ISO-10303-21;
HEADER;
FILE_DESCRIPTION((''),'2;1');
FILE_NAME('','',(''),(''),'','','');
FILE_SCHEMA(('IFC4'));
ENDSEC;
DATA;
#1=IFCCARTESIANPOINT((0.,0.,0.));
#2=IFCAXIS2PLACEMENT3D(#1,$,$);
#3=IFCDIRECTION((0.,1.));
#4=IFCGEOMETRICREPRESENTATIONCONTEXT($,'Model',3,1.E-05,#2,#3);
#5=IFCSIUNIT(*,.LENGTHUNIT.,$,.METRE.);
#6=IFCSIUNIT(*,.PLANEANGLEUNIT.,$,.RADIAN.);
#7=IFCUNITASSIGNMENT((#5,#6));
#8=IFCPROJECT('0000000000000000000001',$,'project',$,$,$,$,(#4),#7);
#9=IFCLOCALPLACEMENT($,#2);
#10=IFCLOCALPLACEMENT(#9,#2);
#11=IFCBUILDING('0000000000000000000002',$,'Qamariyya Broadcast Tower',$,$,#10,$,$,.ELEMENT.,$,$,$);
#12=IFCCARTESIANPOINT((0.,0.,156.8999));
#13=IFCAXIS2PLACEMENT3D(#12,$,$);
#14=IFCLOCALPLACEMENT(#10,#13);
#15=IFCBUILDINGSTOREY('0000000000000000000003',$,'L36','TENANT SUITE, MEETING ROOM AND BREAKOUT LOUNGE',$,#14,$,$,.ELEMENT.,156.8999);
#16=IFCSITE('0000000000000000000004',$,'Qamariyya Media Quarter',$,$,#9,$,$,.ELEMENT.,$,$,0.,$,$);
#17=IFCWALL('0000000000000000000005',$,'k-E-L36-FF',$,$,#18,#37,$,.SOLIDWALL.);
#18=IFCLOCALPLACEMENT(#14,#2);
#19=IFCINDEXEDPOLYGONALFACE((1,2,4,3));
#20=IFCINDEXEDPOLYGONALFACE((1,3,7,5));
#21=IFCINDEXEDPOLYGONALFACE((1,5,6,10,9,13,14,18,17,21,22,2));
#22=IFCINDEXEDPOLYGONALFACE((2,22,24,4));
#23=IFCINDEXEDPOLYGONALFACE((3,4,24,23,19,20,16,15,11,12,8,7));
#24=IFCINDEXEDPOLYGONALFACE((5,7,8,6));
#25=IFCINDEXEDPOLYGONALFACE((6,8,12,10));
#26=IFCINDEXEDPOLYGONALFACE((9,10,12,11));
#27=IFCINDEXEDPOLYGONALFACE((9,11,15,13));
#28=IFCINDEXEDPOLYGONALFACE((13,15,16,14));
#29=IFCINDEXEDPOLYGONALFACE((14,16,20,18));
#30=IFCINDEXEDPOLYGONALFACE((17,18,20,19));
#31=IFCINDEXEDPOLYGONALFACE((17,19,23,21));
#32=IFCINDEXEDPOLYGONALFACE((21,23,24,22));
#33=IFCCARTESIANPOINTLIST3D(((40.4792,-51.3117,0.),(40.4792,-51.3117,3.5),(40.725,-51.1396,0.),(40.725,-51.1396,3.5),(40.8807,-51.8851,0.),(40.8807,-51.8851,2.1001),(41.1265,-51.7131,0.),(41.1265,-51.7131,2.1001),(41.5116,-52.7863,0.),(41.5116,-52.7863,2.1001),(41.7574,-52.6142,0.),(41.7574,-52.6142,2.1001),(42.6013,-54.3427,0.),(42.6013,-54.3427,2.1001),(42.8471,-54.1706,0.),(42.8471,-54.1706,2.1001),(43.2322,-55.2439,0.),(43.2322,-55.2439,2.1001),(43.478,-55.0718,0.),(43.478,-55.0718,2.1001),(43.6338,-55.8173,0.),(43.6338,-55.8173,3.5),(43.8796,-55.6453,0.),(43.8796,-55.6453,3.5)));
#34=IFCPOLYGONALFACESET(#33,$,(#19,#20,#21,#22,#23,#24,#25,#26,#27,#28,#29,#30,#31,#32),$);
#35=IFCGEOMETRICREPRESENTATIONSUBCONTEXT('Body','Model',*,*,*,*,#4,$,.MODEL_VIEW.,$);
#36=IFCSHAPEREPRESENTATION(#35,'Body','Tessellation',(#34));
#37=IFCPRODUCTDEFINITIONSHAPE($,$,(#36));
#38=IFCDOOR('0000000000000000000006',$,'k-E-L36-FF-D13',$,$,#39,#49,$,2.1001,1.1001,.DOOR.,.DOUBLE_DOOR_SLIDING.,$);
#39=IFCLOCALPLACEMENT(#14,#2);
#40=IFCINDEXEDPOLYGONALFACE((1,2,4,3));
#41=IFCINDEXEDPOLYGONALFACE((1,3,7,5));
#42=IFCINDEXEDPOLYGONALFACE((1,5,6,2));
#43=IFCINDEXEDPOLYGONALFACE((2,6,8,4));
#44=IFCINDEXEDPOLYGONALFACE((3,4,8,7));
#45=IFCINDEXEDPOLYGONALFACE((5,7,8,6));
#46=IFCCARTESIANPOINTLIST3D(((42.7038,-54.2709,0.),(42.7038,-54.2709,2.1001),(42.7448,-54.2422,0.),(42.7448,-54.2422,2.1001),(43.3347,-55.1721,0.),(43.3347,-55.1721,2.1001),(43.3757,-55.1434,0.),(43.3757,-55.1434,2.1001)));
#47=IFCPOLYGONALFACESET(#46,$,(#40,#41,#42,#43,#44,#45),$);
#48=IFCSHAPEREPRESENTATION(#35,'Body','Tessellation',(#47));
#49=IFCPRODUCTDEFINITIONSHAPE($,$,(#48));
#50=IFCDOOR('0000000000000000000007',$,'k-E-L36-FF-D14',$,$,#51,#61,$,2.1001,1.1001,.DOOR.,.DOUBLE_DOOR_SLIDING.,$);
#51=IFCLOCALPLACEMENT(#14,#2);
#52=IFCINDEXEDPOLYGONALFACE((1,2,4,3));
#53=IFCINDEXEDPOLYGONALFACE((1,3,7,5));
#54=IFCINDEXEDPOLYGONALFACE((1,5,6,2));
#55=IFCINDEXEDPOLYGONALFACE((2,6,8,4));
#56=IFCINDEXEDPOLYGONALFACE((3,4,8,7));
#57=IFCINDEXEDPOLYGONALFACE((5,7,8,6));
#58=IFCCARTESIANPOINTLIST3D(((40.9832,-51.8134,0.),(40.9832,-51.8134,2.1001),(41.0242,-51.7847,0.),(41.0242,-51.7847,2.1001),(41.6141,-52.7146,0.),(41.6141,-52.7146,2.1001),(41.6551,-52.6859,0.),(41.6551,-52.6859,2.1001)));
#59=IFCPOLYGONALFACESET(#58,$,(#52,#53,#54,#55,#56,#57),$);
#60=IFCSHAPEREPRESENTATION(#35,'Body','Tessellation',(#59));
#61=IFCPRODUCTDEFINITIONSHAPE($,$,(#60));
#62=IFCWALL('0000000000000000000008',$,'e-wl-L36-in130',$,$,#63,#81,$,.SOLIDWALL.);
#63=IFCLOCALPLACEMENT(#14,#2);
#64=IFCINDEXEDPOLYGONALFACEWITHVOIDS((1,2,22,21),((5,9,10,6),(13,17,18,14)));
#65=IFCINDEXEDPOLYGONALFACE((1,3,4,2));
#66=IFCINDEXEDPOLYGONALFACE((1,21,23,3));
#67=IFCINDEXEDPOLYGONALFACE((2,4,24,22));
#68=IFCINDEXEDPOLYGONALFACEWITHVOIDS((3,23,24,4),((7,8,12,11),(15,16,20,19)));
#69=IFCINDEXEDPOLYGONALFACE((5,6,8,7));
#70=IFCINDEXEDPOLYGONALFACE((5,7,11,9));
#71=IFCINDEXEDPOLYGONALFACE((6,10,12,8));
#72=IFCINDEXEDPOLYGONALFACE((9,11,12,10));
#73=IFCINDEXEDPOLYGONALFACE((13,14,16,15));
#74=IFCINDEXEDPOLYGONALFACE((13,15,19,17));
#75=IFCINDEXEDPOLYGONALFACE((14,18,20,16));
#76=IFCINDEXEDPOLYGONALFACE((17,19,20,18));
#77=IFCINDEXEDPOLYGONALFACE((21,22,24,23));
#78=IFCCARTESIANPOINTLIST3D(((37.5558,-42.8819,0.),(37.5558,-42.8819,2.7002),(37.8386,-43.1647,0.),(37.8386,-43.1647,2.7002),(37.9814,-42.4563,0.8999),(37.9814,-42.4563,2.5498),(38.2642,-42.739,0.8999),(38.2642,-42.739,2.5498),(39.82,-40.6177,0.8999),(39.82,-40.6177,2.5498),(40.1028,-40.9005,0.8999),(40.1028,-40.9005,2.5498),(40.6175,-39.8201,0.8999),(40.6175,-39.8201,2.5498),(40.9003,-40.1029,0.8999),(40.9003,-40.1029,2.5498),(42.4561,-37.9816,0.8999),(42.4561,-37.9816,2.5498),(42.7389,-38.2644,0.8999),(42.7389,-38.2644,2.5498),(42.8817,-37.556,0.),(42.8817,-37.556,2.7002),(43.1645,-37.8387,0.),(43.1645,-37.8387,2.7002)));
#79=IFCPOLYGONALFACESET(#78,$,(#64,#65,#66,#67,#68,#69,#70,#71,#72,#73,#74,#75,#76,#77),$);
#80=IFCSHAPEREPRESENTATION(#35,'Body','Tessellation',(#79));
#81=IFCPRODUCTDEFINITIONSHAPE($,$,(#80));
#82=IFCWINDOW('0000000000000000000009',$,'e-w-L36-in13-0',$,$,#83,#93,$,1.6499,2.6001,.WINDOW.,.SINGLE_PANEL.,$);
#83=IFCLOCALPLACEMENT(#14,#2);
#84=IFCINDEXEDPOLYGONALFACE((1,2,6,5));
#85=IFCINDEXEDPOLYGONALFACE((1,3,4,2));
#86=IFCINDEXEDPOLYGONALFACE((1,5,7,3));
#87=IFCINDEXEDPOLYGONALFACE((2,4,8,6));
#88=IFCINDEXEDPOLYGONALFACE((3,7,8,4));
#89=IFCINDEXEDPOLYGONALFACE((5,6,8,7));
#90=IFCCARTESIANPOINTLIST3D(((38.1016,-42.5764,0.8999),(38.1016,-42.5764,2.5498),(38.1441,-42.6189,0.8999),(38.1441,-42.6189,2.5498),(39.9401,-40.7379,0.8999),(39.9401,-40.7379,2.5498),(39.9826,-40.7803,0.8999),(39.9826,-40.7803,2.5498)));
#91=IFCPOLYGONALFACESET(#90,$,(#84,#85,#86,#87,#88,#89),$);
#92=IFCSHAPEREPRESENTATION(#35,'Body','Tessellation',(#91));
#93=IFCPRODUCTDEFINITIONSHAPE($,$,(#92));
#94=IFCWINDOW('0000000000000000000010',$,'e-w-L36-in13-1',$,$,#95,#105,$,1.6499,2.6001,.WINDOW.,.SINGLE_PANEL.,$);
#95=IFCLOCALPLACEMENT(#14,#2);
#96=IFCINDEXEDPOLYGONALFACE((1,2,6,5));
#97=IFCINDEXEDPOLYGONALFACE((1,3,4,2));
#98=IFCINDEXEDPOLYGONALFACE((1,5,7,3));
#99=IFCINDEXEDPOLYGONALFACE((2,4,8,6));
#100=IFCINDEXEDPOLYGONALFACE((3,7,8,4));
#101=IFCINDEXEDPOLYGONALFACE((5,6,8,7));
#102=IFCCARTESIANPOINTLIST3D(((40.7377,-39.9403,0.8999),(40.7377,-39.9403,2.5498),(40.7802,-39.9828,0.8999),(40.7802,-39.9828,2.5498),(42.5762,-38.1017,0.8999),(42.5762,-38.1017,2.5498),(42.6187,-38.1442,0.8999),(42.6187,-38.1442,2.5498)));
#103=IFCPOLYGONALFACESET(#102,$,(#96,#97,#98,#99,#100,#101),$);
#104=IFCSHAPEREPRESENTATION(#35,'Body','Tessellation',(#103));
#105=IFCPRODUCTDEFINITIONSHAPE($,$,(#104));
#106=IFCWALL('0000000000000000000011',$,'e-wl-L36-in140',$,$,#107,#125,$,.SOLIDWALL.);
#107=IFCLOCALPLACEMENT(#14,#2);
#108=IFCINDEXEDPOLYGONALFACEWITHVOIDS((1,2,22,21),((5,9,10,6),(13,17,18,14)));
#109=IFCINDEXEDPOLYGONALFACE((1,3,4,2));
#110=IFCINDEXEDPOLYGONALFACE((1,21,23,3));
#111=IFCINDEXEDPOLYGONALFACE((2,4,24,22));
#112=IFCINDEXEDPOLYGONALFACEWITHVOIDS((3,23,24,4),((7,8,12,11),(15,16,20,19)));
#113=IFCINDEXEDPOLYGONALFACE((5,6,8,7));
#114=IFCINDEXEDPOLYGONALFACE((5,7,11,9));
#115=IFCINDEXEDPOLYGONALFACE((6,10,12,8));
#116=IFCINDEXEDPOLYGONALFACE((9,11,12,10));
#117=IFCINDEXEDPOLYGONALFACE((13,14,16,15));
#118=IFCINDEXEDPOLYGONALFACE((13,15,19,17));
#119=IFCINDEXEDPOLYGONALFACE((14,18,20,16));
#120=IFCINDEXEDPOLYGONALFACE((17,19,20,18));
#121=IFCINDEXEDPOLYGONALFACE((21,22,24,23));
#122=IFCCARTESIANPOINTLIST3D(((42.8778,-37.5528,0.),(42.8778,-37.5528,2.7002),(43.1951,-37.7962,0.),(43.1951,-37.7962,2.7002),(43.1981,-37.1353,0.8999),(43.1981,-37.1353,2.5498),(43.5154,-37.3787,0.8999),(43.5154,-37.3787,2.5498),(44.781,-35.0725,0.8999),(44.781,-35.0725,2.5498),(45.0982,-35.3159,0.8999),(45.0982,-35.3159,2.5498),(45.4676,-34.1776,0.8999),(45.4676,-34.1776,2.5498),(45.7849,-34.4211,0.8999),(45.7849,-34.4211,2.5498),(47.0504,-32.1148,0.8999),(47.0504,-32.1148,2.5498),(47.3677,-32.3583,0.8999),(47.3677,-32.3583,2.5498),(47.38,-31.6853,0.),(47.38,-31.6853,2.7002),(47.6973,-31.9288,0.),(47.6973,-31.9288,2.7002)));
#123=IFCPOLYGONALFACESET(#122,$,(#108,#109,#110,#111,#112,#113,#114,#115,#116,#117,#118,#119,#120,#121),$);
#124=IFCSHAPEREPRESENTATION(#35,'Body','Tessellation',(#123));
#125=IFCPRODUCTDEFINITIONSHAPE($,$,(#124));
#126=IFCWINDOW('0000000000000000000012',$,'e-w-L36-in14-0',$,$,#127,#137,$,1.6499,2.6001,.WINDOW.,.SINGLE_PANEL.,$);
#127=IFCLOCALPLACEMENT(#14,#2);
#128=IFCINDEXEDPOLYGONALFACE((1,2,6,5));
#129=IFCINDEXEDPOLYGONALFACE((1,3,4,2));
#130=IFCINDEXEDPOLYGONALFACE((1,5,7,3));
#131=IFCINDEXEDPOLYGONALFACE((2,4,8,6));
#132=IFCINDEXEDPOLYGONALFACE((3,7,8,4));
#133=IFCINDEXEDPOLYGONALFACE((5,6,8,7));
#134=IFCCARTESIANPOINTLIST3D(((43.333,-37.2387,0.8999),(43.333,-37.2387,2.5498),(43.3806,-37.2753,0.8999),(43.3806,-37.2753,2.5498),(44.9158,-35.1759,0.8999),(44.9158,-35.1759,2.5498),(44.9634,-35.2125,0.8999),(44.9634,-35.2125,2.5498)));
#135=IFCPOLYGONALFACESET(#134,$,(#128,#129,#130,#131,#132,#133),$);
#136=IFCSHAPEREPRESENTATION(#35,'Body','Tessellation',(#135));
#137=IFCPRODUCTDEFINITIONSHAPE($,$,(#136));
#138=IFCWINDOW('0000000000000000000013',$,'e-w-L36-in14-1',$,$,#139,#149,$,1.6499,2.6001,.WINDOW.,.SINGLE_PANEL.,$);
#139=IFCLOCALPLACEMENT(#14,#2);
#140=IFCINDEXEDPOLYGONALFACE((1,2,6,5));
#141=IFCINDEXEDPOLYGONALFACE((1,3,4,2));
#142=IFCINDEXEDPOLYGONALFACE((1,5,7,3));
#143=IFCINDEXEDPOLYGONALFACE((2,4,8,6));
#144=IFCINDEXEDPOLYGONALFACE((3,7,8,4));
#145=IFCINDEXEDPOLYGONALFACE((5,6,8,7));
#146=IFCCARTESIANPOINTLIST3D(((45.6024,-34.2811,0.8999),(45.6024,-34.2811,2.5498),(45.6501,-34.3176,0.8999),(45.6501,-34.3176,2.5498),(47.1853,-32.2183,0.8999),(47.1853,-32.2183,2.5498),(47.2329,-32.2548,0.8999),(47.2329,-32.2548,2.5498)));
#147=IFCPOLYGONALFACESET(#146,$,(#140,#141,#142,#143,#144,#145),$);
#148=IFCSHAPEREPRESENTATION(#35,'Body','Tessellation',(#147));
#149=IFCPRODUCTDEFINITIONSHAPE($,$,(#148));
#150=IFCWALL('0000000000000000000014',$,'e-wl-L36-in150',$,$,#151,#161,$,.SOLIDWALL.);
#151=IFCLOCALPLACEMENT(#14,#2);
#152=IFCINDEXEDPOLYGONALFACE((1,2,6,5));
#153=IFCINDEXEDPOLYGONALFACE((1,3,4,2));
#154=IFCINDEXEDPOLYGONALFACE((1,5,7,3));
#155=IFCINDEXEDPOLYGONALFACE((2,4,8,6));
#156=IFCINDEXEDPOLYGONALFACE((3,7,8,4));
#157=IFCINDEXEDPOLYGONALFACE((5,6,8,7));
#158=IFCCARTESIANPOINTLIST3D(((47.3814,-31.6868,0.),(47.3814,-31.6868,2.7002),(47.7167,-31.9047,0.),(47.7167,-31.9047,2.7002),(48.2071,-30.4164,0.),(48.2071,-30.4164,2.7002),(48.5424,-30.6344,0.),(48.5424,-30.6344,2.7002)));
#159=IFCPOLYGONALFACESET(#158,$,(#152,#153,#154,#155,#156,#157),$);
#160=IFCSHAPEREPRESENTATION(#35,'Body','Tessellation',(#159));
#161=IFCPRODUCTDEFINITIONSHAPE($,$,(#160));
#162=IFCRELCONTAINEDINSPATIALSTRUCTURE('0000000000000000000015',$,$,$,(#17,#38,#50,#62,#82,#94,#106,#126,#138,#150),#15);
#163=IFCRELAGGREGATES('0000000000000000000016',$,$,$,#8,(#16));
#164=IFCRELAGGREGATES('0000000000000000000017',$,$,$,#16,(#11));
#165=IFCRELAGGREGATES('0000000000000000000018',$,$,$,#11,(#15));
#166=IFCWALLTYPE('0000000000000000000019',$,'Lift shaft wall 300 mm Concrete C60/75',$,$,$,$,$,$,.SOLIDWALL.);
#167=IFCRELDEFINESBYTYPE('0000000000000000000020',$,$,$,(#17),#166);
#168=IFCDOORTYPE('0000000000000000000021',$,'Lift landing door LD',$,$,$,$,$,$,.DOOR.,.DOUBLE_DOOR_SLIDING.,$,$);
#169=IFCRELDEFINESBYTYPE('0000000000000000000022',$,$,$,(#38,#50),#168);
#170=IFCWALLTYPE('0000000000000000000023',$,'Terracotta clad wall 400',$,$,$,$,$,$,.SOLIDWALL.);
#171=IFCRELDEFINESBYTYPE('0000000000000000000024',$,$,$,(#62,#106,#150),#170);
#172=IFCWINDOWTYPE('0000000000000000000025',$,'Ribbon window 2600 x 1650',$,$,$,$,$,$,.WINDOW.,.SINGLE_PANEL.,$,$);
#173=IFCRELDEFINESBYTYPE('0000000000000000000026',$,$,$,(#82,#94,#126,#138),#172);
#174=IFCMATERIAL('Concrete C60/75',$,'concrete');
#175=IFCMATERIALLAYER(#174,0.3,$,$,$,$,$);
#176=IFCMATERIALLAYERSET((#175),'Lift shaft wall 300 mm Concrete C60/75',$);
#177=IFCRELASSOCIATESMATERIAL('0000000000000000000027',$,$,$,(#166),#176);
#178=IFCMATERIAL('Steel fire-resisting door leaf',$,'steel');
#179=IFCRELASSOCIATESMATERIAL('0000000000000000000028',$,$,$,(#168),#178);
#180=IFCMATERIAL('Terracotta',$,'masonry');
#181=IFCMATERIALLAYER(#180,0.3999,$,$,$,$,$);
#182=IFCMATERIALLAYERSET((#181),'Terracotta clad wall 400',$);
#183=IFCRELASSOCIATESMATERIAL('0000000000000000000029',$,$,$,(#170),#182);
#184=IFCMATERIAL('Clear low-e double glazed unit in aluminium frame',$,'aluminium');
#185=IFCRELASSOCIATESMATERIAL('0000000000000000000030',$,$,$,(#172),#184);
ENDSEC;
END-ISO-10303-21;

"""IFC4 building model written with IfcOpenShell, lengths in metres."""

from ifc_helpers import new_model, si_unit, direction, frame, frame_2d, origin, place, context, subcontext, project, spatial, rectangle, extrude, material, layer, layer_set, type_object, element, fill, save


model = new_model("IFC4")

# Units and contexts
model_context = context("Model", 3, precision=1e-05, world=origin(), true_north=direction((0.0, 1.0)))
body_context = subcontext(model_context, "Body", "Model", "MODEL_VIEW")
ifc_project = project(units=[si_unit("LENGTHUNIT", "METRE"), si_unit("PLANEANGLEUNIT", "RADIAN")], contexts=[model_context])

# Site, building, storey
site_placement = place(None, origin())
site = spatial("IfcSite", under=ifc_project, at=site_placement, Name="Qamariyya Media Quarter", CompositionType="ELEMENT", RefElevation=0.0)
building_placement = place(site_placement, origin())
building = spatial("IfcBuilding", under=site, at=building_placement, Name="Qamariyya Broadcast Tower", CompositionType="ELEMENT")
storey_placement = place(building_placement, frame((0.0, 0.0, 156.8999)))
storey = spatial("IfcBuildingStorey", under=building, at=storey_placement, Name="L36", Description="TENANT SUITE, MEETING ROOM AND BREAKOUT LOUNGE", CompositionType="ELEMENT", Elevation=156.8999)

# Shared definitions
ifc_material_1 = material(Name="Concrete C60/75", Category="concrete")

# Wall, openings, doors
ifc_layer_1 = layer(ifc_material_1, 0.3)
ifc_layer_set_1 = layer_set([ifc_layer_1], Name="Lift shaft wall 300 mm Concrete C60/75")
wall_type_1 = type_object("IfcWallType", Name="Lift shaft wall 300 mm Concrete C60/75", PredefinedType="SOLIDWALL", material=ifc_layer_set_1)
wall_1_placement = place(storey_placement, frame((43.7566, -55.7312, 0.0), z_axis=(0.0, 0.0, 1.0), x_axis=(-0.573537, 0.81918, 0.0)))
wall_1 = element("IfcWall", 1, at=wall_1_placement, inside=storey, type_object=wall_type_1, Name="k-E-L36-FF", PredefinedType="SOLIDWALL", context=body_context, shape_type="SweptSolid", body=[
    extrude(rectangle(XDim=5.5002, YDim=0.3, at=frame_2d((2.75, 0.0))), origin(), (0.0, 0.0, 1.0), 3.5),
])
opening_1_placement = place(wall_1_placement, frame((0.7, 0.0, 0.0)))
opening_1 = element("IfcOpeningElement", 2, at=opening_1_placement, cuts=wall_1, PredefinedType="OPENING", context=body_context, shape_type="SweptSolid", body=[
    extrude(rectangle(XDim=1.1001, YDim=2.1001, at=frame_2d((0.55, 1.05))), frame((0.0, 0.1599, 0.0), z_axis=(0.0, -1.0, 0.0), x_axis=(1.0, 0.0, 0.0)), (0.0, 0.0, 1.0), 0.3201),
])
opening_2_placement = place(wall_1_placement, frame((3.7, 0.0, 0.0)))
opening_2 = element("IfcOpeningElement", 3, at=opening_2_placement, cuts=wall_1, PredefinedType="OPENING", context=body_context, shape_type="SweptSolid", body=[
    extrude(rectangle(XDim=1.1001, YDim=2.1001, at=frame_2d((0.55, 1.05))), frame((0.0, 0.1599, 0.0), z_axis=(0.0, -1.0, 0.0), x_axis=(1.0, 0.0, 0.0)), (0.0, 0.0, 1.0), 0.3201),
])
ifc_material_2 = material(Name="Steel fire-resisting door leaf", Category="steel")
door_type_1 = type_object("IfcDoorType", Name="Lift landing door LD", OperationType="DOUBLE_DOOR_SLIDING", PredefinedType="DOOR", material=ifc_material_2)
door_1_placement = place(opening_1_placement, origin())
door_1 = element("IfcDoor", 4, at=door_1_placement, inside=storey, type_object=door_type_1, Name="k-E-L36-FF-D13", OperationType="DOUBLE_DOOR_SLIDING", OverallHeight=2.1001, OverallWidth=1.1001, PredefinedType="DOOR", context=body_context, shape_type="SweptSolid", body=[
    extrude(rectangle(XDim=1.1001, YDim=2.1001, at=frame_2d((0.55, 1.05))), frame((0.0, 0.0249, 0.0), z_axis=(0.0, -1.0, 0.0), x_axis=(1.0, 0.0, 0.0)), (0.0, 0.0, 1.0), 0.05),
])
fill(opening_1, door_1)
door_2_placement = place(opening_2_placement, origin())
door_2 = element("IfcDoor", 5, at=door_2_placement, inside=storey, type_object=door_type_1, Name="k-E-L36-FF-D14", OperationType="DOUBLE_DOOR_SLIDING", OverallHeight=2.1001, OverallWidth=1.1001, PredefinedType="DOOR", context=body_context, shape_type="SweptSolid", body=[
    extrude(rectangle(XDim=1.1001, YDim=2.1001, at=frame_2d((0.55, 1.05))), frame((0.0, 0.0249, 0.0), z_axis=(0.0, -1.0, 0.0), x_axis=(1.0, 0.0, 0.0)), (0.0, 0.0, 1.0), 0.05),
])
fill(opening_2, door_2)

# Walls, openings, windows
ifc_material_3 = material(Name="Terracotta", Category="masonry")
ifc_layer_2 = layer(ifc_material_3, 0.3999)
ifc_layer_set_2 = layer_set([ifc_layer_2], Name="Terracotta clad wall 400")
wall_type_2 = type_object("IfcWallType", Name="Terracotta clad wall 400", PredefinedType="SOLIDWALL", material=ifc_layer_set_2)
wall_2_placement = place(storey_placement, frame((43.0232, -37.6973, 0.0), z_axis=(0.0, 0.0, 1.0), x_axis=(-0.707107, -0.707107, 0.0)))
wall_2 = element("IfcWall", 6, at=wall_2_placement, inside=storey, type_object=wall_type_2, Name="e-wl-L36-in130", PredefinedType="SOLIDWALL", context=body_context, shape_type="SweptSolid", body=[
    extrude(rectangle(XDim=7.532, YDim=0.3999, at=frame_2d((3.7661, 0.0))), origin(), (0.0, 0.0, 1.0), 2.7002),
])
opening_3_placement = place(wall_2_placement, frame((4.3301, 0.0, 0.8999)))
opening_3 = element("IfcOpeningElement", 7, at=opening_3_placement, cuts=wall_2, PredefinedType="OPENING", context=body_context, shape_type="SweptSolid", body=[
    extrude(rectangle(XDim=2.6001, YDim=1.6499, at=frame_2d((1.3, 0.825))), frame((0.0, 0.21, 0.0), z_axis=(0.0, -1.0, 0.0), x_axis=(1.0, 0.0, 0.0)), (0.0, 0.0, 1.0), 0.4199),
])
opening_4_placement = place(wall_2_placement, frame((0.6021, 0.0, 0.8999)))
opening_4 = element("IfcOpeningElement", 8, at=opening_4_placement, cuts=wall_2, PredefinedType="OPENING", context=body_context, shape_type="SweptSolid", body=[
    extrude(rectangle(XDim=2.6001, YDim=1.6499, at=frame_2d((1.3, 0.825))), frame((0.0, 0.21, 0.0), z_axis=(0.0, -1.0, 0.0), x_axis=(1.0, 0.0, 0.0)), (0.0, 0.0, 1.0), 0.4199),
])
ifc_material_4 = material(Name="Clear low-e double glazed unit in aluminium frame", Category="aluminium")
window_type = type_object("IfcWindowType", Name="Ribbon window 2600 x 1650", PartitioningType="SINGLE_PANEL", PredefinedType="WINDOW", material=ifc_material_4)
window_1_placement = place(opening_3_placement, origin())
window_1 = element("IfcWindow", 9, at=window_1_placement, inside=storey, type_object=window_type, Name="e-w-L36-in13-0", OverallHeight=1.6499, OverallWidth=2.6001, PartitioningType="SINGLE_PANEL", PredefinedType="WINDOW", context=body_context, shape_type="SweptSolid", body=[
    extrude(rectangle(XDim=2.6001, YDim=1.6499, at=frame_2d((1.3, 0.825))), frame((0.0, 0.03, 0.0), z_axis=(0.0, -1.0, 0.0), x_axis=(1.0, 0.0, 0.0)), (0.0, 0.0, 1.0), 0.0601),
])
fill(opening_3, window_1)
window_2_placement = place(opening_4_placement, origin())
window_2 = element("IfcWindow", 10, at=window_2_placement, inside=storey, type_object=window_type, Name="e-w-L36-in13-1", OverallHeight=1.6499, OverallWidth=2.6001, PartitioningType="SINGLE_PANEL", PredefinedType="WINDOW", context=body_context, shape_type="SweptSolid", body=[
    extrude(rectangle(XDim=2.6001, YDim=1.6499, at=frame_2d((1.3, 0.825))), frame((0.0, 0.03, 0.0), z_axis=(0.0, -1.0, 0.0), x_axis=(1.0, 0.0, 0.0)), (0.0, 0.0, 1.0), 0.0601),
])
fill(opening_4, window_2)
wall_3_placement = place(storey_placement, frame((47.5386, -31.8071, 0.0), z_axis=(0.0, 0.0, 1.0), x_axis=(-0.608758, -0.793356, 0.0)))
wall_3 = element("IfcWall", 11, at=wall_3_placement, inside=storey, type_object=wall_type_2, Name="e-wl-L36-in140", PredefinedType="SOLIDWALL", context=body_context, shape_type="SweptSolid", body=[
    extrude(rectangle(XDim=7.3958, YDim=0.3999, at=frame_2d((3.6978, 0.0))), origin(), (0.0, 0.0, 1.0), 2.7002),
])
opening_5_placement = place(wall_3_placement, frame((4.2693, 0.0, 0.8999)))
opening_5 = element("IfcOpeningElement", 12, at=opening_5_placement, cuts=wall_3, PredefinedType="OPENING", context=body_context, shape_type="SweptSolid", body=[
    extrude(rectangle(XDim=2.6001, YDim=1.6499, at=frame_2d((1.3, 0.825))), frame((0.0, 0.21, 0.0), z_axis=(0.0, -1.0, 0.0), x_axis=(1.0, 0.0, 0.0)), (0.0, 0.0, 1.0), 0.4199),
])
opening_6_placement = place(wall_3_placement, frame((0.5413, 0.0, 0.8999)))
opening_6 = element("IfcOpeningElement", 13, at=opening_6_placement, cuts=wall_3, PredefinedType="OPENING", context=body_context, shape_type="SweptSolid", body=[
    extrude(rectangle(XDim=2.6001, YDim=1.6499, at=frame_2d((1.3, 0.825))), frame((0.0, 0.21, 0.0), z_axis=(0.0, -1.0, 0.0), x_axis=(1.0, 0.0, 0.0)), (0.0, 0.0, 1.0), 0.4199),
])
window_3_placement = place(opening_5_placement, origin())
window_3 = element("IfcWindow", 14, at=window_3_placement, inside=storey, type_object=window_type, Name="e-w-L36-in14-0", OverallHeight=1.6499, OverallWidth=2.6001, PartitioningType="SINGLE_PANEL", PredefinedType="WINDOW", context=body_context, shape_type="SweptSolid", body=[
    extrude(rectangle(XDim=2.6001, YDim=1.6499, at=frame_2d((1.3, 0.825))), frame((0.0, 0.03, 0.0), z_axis=(0.0, -1.0, 0.0), x_axis=(1.0, 0.0, 0.0)), (0.0, 0.0, 1.0), 0.0601),
])
fill(opening_5, window_3)
window_4_placement = place(opening_6_placement, origin())
window_4 = element("IfcWindow", 15, at=window_4_placement, inside=storey, type_object=window_type, Name="e-w-L36-in14-1", OverallHeight=1.6499, OverallWidth=2.6001, PartitioningType="SINGLE_PANEL", PredefinedType="WINDOW", context=body_context, shape_type="SweptSolid", body=[
    extrude(rectangle(XDim=2.6001, YDim=1.6499, at=frame_2d((1.3, 0.825))), frame((0.0, 0.03, 0.0), z_axis=(0.0, -1.0, 0.0), x_axis=(1.0, 0.0, 0.0)), (0.0, 0.0, 1.0), 0.0601),
])
fill(opening_6, window_4)

# Wall
wall_4_placement = place(storey_placement, frame((48.3748, -30.5254, 0.0), z_axis=(0.0, 0.0, 1.0), x_axis=(-0.544994, -0.83844, 0.0)))
element("IfcWall", 16, at=wall_4_placement, inside=storey, type_object=wall_type_2, Name="e-wl-L36-in150", PredefinedType="SOLIDWALL", context=body_context, shape_type="SweptSolid", body=[
    extrude(rectangle(XDim=1.5151, YDim=0.3999, at=frame_2d((0.7576, 0.0))), origin(), (0.0, 0.0, 1.0), 2.7002),
])

save(model, "model.ifc")
